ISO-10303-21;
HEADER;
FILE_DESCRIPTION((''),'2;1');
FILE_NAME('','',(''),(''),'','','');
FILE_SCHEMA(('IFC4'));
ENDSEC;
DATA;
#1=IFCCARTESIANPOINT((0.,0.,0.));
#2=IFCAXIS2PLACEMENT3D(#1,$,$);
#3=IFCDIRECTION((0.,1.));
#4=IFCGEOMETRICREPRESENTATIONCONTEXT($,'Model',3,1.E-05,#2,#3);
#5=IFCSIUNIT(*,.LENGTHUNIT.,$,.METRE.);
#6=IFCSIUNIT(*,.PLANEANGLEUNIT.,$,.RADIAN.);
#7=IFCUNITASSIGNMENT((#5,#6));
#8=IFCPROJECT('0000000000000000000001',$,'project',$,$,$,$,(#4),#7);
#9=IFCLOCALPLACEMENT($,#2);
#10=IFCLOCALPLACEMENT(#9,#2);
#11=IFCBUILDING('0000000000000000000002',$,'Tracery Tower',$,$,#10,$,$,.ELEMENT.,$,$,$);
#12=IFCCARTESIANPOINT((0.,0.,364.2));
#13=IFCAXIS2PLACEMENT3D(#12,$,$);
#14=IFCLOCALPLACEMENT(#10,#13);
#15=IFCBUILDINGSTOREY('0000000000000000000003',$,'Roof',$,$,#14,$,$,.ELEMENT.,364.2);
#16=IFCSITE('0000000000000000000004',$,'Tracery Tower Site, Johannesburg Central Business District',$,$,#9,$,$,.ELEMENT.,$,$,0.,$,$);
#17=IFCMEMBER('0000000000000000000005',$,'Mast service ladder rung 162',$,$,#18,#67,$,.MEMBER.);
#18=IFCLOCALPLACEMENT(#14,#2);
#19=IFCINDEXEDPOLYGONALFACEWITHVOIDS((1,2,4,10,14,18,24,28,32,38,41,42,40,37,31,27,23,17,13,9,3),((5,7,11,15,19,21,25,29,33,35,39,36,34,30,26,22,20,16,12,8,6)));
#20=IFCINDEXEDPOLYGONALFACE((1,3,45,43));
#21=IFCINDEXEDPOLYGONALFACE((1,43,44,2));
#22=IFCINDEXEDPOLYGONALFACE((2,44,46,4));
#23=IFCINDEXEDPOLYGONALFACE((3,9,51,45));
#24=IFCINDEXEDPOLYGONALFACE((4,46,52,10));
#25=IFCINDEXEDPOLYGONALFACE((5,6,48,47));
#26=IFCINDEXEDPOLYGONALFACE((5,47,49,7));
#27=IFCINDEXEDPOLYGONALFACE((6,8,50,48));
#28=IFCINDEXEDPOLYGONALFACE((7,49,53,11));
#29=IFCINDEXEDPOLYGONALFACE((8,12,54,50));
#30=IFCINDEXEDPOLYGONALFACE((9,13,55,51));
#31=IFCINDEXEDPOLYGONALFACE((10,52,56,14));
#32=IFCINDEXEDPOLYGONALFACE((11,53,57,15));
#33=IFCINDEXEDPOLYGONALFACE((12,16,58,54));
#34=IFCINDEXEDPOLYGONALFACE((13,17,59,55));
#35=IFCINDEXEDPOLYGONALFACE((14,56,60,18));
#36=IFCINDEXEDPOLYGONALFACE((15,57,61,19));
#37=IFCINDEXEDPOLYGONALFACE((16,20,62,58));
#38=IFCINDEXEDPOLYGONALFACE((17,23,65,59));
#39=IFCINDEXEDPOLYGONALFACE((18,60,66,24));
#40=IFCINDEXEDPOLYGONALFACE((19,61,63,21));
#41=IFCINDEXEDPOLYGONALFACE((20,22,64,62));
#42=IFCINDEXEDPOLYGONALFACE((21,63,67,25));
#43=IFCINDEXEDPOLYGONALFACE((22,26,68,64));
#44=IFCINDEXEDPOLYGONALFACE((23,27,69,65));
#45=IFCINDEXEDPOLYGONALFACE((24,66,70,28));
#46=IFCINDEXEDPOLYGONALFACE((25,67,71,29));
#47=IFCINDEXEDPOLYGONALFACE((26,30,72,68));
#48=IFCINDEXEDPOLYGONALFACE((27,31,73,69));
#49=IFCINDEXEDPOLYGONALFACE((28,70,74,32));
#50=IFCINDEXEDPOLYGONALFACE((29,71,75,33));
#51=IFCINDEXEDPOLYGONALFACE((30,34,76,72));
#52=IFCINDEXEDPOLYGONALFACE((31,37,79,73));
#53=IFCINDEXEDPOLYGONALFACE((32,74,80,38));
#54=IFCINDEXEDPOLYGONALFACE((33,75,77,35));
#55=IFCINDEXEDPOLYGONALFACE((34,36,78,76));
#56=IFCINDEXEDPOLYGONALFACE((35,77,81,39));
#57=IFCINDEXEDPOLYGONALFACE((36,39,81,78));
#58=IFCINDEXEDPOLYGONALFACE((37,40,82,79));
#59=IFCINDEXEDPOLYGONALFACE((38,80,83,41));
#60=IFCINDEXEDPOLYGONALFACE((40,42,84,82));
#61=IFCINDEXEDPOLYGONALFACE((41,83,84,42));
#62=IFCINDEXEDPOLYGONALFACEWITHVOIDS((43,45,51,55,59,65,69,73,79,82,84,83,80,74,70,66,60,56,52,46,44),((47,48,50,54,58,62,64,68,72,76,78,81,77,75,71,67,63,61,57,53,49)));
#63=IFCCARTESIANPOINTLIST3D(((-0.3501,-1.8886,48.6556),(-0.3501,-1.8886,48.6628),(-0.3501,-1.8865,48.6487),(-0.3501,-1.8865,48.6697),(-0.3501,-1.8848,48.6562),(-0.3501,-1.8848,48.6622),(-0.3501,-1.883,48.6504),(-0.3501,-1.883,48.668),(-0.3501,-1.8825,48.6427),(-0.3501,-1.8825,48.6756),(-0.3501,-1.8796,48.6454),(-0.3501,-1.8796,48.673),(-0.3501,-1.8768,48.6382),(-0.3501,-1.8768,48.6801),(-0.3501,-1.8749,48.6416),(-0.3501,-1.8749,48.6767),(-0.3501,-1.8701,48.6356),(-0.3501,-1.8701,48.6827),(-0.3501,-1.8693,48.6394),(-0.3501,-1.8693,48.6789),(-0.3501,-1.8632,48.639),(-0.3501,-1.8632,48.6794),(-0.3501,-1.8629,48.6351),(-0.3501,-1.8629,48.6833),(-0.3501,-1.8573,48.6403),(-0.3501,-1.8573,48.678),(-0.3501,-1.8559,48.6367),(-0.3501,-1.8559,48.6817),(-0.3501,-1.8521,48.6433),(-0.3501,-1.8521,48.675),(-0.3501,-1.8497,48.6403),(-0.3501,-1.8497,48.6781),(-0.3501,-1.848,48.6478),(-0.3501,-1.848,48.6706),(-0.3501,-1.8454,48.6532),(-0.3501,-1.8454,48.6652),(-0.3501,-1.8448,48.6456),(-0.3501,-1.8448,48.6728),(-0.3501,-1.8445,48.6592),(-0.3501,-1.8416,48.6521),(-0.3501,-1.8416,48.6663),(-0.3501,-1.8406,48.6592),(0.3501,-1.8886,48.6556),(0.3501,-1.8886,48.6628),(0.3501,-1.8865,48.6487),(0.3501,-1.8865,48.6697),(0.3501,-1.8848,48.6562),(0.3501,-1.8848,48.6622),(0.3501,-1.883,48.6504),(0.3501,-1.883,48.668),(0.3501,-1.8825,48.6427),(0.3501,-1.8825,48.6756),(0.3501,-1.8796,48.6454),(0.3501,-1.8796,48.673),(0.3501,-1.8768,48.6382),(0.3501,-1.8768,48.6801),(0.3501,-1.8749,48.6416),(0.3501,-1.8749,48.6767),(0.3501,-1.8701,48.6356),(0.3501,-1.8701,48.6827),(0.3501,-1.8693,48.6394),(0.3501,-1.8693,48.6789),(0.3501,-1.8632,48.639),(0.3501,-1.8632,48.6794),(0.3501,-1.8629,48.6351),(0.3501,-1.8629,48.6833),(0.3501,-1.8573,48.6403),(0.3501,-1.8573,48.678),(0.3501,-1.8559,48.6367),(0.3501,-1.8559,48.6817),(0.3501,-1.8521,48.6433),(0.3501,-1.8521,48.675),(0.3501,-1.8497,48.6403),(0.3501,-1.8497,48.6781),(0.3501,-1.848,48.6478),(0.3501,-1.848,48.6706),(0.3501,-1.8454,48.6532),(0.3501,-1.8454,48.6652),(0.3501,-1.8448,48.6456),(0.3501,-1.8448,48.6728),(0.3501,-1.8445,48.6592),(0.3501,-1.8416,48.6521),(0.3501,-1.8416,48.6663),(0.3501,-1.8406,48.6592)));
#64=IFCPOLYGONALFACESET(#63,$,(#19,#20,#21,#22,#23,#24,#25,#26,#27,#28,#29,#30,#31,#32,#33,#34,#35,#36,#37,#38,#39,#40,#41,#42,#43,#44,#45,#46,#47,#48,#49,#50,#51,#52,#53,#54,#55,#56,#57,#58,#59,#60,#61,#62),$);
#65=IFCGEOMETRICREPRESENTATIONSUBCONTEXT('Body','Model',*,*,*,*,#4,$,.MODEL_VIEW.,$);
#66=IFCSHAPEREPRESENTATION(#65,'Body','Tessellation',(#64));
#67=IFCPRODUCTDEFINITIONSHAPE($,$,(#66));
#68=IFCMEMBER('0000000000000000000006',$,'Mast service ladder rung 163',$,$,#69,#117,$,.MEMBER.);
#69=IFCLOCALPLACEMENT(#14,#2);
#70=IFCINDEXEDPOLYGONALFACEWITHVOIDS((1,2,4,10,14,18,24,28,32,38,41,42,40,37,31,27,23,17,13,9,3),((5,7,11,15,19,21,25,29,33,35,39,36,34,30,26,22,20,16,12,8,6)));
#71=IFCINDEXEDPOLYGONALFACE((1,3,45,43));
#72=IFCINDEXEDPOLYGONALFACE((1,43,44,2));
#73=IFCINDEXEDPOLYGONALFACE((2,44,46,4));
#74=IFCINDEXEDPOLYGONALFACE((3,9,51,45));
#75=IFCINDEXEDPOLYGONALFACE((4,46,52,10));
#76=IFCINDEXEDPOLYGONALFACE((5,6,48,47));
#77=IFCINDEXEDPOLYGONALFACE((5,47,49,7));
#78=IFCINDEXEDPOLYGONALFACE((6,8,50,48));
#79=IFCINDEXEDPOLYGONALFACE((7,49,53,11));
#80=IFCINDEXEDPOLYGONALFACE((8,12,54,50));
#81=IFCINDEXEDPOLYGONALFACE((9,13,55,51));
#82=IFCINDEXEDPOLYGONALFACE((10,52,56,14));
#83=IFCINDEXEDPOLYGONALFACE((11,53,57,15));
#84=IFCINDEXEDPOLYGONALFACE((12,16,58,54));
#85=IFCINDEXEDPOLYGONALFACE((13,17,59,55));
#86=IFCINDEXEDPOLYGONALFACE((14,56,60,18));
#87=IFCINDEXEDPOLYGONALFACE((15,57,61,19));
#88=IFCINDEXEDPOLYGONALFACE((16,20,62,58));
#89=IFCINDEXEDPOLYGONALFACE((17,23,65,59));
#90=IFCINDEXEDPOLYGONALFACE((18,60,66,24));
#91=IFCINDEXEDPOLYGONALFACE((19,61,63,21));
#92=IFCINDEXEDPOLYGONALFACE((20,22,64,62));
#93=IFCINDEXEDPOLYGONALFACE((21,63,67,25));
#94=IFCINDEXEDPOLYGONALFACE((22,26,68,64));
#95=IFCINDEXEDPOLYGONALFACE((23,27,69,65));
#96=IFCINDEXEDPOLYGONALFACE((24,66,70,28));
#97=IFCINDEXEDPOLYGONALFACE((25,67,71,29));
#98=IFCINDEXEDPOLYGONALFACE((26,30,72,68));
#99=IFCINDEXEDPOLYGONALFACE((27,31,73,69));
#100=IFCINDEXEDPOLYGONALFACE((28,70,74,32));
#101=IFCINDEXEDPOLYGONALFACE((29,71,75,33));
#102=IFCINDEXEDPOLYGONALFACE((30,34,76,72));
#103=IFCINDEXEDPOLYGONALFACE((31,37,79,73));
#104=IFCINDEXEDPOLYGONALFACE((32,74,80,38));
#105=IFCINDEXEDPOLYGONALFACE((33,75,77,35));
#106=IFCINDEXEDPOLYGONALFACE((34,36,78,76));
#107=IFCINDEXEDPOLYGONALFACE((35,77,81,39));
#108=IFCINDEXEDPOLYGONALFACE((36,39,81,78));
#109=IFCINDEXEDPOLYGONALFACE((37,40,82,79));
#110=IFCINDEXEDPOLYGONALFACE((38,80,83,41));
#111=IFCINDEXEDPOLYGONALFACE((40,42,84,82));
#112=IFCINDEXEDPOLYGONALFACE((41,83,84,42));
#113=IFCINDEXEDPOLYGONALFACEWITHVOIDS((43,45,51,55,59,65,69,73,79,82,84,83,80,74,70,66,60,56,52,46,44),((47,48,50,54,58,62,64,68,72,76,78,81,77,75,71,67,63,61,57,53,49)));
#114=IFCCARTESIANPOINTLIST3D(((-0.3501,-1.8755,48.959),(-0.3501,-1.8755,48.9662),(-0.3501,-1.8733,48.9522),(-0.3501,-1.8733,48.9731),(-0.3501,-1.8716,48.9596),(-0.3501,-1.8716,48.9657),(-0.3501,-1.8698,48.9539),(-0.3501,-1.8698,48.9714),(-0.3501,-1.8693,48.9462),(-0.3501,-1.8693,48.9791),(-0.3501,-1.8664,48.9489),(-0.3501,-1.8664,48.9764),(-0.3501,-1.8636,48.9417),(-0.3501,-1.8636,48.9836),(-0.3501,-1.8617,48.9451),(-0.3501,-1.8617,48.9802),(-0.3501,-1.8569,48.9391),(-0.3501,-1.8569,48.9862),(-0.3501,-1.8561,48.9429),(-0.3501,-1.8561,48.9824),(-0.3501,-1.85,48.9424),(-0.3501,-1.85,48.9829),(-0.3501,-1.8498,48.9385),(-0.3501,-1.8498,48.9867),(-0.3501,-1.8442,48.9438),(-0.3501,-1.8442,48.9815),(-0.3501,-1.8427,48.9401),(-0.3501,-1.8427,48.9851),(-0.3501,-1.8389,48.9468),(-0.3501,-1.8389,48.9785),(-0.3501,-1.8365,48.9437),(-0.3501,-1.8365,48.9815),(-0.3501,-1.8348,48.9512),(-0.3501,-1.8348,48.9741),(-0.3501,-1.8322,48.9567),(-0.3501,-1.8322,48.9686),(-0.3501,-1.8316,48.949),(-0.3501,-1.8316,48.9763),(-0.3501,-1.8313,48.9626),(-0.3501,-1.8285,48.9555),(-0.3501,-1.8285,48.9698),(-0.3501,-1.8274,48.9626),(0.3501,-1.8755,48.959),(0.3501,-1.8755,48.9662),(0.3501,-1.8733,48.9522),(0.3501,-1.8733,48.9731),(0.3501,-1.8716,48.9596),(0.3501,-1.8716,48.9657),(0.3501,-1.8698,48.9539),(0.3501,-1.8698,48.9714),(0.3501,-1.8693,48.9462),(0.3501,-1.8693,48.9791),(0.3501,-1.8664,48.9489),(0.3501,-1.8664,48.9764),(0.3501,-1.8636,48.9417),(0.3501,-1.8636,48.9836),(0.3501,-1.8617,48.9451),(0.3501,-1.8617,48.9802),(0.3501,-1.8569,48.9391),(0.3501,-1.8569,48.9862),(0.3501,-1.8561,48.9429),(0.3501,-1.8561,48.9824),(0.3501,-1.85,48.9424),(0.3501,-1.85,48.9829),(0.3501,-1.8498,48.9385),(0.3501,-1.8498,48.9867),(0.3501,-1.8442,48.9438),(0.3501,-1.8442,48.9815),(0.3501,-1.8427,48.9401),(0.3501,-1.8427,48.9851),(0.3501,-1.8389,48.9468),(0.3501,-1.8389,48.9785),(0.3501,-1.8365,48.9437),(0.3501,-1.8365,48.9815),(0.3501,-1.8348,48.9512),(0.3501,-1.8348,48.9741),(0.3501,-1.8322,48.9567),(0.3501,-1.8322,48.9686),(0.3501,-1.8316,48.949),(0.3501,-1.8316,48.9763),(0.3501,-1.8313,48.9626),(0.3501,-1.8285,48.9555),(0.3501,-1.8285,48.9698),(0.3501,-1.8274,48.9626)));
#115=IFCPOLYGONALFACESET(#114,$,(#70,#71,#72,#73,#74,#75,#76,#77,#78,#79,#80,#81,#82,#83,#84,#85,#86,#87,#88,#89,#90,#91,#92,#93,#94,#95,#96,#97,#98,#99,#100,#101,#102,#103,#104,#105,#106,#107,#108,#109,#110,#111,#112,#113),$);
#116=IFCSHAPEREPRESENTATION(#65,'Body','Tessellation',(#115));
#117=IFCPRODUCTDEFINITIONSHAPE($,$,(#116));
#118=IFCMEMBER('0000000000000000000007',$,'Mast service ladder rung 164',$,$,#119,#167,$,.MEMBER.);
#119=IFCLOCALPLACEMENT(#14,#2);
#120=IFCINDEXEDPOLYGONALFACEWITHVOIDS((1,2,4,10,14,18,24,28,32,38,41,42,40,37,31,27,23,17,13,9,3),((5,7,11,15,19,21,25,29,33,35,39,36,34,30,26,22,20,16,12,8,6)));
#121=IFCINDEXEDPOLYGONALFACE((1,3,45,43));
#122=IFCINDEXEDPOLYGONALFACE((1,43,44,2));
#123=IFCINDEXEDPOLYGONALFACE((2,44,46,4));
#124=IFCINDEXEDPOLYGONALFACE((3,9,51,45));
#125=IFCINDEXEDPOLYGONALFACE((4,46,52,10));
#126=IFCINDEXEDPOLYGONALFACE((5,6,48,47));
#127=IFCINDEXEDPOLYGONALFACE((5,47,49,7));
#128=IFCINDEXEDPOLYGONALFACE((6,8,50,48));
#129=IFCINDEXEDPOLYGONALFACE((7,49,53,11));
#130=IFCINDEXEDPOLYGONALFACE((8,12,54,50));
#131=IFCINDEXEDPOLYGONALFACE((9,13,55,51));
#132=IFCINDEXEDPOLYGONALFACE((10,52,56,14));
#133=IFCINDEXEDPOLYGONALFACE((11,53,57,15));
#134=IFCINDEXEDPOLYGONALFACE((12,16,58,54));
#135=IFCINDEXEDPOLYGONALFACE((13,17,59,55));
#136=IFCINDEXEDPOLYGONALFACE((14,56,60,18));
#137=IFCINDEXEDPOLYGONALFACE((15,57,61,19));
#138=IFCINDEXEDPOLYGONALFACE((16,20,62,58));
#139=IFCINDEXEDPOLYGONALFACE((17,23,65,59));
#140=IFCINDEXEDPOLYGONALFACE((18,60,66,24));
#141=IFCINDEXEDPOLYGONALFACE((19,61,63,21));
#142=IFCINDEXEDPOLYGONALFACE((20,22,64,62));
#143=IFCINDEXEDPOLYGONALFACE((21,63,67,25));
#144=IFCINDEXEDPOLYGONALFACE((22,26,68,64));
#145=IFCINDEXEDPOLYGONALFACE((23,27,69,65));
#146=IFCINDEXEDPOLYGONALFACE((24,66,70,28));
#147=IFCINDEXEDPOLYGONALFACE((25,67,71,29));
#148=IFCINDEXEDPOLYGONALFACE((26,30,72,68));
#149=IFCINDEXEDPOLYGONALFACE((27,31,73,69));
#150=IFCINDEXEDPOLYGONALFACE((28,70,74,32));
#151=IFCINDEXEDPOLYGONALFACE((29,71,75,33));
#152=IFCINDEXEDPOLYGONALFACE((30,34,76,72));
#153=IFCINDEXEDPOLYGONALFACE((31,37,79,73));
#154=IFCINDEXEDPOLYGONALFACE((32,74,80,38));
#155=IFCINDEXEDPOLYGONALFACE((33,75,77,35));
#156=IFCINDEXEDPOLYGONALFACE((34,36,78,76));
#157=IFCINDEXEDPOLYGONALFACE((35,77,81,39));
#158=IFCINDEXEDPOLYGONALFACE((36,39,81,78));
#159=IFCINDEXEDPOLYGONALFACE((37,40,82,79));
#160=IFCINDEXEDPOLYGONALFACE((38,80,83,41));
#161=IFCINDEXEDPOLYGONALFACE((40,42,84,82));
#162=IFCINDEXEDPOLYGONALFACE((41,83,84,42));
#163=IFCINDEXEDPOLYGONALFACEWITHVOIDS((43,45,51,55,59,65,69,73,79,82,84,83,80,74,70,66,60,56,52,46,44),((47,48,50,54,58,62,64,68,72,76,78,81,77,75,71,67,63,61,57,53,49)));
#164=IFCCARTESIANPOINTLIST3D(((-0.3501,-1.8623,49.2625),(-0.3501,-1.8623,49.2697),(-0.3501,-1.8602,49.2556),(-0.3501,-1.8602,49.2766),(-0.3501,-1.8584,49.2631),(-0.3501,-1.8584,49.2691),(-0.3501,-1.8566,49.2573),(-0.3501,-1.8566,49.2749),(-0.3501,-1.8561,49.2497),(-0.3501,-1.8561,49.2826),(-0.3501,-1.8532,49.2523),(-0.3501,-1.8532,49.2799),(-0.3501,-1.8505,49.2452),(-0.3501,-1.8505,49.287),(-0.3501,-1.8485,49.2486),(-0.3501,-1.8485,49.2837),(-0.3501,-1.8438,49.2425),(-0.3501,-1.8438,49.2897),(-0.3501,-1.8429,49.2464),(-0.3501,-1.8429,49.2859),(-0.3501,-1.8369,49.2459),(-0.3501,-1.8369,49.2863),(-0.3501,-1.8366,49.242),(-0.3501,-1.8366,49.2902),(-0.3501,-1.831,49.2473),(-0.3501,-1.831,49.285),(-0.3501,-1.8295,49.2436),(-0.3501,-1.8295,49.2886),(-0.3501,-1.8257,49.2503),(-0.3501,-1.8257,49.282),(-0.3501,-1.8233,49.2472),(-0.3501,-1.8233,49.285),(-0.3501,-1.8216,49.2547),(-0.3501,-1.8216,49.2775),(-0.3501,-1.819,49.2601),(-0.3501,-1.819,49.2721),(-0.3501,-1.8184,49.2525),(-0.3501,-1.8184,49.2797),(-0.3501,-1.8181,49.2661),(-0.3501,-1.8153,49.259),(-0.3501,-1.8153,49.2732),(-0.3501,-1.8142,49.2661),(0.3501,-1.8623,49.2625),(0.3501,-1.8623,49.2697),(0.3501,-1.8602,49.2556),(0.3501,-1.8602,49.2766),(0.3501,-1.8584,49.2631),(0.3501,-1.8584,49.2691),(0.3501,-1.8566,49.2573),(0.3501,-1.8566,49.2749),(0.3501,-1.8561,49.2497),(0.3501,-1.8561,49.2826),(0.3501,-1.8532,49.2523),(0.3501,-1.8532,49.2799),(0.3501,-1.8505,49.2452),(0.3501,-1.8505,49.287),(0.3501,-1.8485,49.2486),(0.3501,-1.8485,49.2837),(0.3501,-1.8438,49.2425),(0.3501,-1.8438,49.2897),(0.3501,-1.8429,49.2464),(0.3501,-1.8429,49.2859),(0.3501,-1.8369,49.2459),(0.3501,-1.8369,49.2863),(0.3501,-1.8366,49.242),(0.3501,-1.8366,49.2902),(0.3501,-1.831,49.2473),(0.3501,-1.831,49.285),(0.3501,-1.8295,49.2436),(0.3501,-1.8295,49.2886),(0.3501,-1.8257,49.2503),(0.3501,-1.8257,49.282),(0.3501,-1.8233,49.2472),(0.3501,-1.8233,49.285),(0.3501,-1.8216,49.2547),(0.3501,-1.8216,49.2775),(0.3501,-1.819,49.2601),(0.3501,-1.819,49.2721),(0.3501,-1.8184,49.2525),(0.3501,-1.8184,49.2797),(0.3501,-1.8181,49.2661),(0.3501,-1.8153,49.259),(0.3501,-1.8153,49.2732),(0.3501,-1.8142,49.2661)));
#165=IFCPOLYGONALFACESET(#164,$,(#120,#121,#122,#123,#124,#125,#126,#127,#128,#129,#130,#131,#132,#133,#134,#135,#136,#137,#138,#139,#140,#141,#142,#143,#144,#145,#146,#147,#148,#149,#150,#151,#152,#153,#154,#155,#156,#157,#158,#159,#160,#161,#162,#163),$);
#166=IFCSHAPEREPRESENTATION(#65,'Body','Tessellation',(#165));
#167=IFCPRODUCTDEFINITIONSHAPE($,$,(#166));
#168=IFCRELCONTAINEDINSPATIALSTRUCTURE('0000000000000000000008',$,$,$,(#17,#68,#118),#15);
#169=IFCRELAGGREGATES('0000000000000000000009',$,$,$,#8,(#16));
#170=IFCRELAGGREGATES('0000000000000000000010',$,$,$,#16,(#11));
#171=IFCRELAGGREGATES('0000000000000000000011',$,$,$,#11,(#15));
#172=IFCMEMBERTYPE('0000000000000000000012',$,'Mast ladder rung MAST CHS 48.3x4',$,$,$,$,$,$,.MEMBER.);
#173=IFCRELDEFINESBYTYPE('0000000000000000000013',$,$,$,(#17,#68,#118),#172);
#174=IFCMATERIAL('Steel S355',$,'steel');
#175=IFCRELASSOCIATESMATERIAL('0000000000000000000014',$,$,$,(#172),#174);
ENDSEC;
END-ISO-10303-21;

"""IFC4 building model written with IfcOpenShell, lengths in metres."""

from ifc_helpers import new_model, si_unit, direction, frame, origin, origin_2d, place, context, subcontext, project, spatial, hollow_circle, extrude, material, material_profile, profile_set, type_object, element, save


model = new_model("IFC4")

# Units and contexts
model_context = context("Model", 3, precision=1e-05, world=origin(), true_north=direction((0.0, 1.0)))
body_context = subcontext(model_context, "Body", "Model", "MODEL_VIEW")
ifc_project = project(units=[si_unit("LENGTHUNIT", "METRE"), si_unit("PLANEANGLEUNIT", "RADIAN")], contexts=[model_context])

# Site, building, storey
site_placement = place(None, origin())
site = spatial("IfcSite", under=ifc_project, at=site_placement, Name="Tracery Tower Site, Johannesburg Central Business District", CompositionType="ELEMENT", RefElevation=0.0)
building_placement = place(site_placement, origin())
building = spatial("IfcBuilding", under=site, at=building_placement, Name="Tracery Tower", CompositionType="ELEMENT")
storey_placement = place(building_placement, frame((0.0, 0.0, 364.2)))
storey = spatial("IfcBuildingStorey", under=building, at=storey_placement, Name="Roof", CompositionType="ELEMENT", Elevation=364.2)

# Members
ifc_material_1 = material(Name="Steel S355", Category="steel")
ifc_material_profile_1 = material_profile(ifc_material_1, hollow_circle(Radius=0.0242, WallThickness=0.0039, at=origin_2d()), Name="CHS 48.3x4")
ifc_profile_set_1 = profile_set([ifc_material_profile_1], Name="Steel S355")
member_type_1 = type_object("IfcMemberType", Name="Mast ladder rung MAST CHS 48.3x4", PredefinedType="MEMBER", material=ifc_profile_set_1)
for number, where, z_axis, x_axis, name in (
    (1, (-0.3501, -1.8647, 48.6592), (1.0, 0.0, 0.0), (0.0, 1.0, 0.0), "Mast service ladder rung 162"),
    (2, (-0.3501, -1.8516, 48.9626), (1.0, 0.0, 0.0), (0.0, 1.0, 0.0), "Mast service ladder rung 163"),
    (3, (-0.3501, -1.8384, 49.2661), (1.0, 0.0, 0.0), (0.0, 1.0, 0.0), "Mast service ladder rung 164"),
):
    element("IfcMember", number, at=place(storey_placement, frame(where, z_axis=z_axis, x_axis=x_axis)), inside=storey, type_object=member_type_1, Name=name, PredefinedType="MEMBER", context=body_context, shape_type="SweptSolid", body=[
        extrude(hollow_circle(Radius=0.0242, WallThickness=0.0039, at=origin_2d()), origin(), (0.0, 0.0, 1.0), 0.7002),
    ])

save(model, "model.ifc")
